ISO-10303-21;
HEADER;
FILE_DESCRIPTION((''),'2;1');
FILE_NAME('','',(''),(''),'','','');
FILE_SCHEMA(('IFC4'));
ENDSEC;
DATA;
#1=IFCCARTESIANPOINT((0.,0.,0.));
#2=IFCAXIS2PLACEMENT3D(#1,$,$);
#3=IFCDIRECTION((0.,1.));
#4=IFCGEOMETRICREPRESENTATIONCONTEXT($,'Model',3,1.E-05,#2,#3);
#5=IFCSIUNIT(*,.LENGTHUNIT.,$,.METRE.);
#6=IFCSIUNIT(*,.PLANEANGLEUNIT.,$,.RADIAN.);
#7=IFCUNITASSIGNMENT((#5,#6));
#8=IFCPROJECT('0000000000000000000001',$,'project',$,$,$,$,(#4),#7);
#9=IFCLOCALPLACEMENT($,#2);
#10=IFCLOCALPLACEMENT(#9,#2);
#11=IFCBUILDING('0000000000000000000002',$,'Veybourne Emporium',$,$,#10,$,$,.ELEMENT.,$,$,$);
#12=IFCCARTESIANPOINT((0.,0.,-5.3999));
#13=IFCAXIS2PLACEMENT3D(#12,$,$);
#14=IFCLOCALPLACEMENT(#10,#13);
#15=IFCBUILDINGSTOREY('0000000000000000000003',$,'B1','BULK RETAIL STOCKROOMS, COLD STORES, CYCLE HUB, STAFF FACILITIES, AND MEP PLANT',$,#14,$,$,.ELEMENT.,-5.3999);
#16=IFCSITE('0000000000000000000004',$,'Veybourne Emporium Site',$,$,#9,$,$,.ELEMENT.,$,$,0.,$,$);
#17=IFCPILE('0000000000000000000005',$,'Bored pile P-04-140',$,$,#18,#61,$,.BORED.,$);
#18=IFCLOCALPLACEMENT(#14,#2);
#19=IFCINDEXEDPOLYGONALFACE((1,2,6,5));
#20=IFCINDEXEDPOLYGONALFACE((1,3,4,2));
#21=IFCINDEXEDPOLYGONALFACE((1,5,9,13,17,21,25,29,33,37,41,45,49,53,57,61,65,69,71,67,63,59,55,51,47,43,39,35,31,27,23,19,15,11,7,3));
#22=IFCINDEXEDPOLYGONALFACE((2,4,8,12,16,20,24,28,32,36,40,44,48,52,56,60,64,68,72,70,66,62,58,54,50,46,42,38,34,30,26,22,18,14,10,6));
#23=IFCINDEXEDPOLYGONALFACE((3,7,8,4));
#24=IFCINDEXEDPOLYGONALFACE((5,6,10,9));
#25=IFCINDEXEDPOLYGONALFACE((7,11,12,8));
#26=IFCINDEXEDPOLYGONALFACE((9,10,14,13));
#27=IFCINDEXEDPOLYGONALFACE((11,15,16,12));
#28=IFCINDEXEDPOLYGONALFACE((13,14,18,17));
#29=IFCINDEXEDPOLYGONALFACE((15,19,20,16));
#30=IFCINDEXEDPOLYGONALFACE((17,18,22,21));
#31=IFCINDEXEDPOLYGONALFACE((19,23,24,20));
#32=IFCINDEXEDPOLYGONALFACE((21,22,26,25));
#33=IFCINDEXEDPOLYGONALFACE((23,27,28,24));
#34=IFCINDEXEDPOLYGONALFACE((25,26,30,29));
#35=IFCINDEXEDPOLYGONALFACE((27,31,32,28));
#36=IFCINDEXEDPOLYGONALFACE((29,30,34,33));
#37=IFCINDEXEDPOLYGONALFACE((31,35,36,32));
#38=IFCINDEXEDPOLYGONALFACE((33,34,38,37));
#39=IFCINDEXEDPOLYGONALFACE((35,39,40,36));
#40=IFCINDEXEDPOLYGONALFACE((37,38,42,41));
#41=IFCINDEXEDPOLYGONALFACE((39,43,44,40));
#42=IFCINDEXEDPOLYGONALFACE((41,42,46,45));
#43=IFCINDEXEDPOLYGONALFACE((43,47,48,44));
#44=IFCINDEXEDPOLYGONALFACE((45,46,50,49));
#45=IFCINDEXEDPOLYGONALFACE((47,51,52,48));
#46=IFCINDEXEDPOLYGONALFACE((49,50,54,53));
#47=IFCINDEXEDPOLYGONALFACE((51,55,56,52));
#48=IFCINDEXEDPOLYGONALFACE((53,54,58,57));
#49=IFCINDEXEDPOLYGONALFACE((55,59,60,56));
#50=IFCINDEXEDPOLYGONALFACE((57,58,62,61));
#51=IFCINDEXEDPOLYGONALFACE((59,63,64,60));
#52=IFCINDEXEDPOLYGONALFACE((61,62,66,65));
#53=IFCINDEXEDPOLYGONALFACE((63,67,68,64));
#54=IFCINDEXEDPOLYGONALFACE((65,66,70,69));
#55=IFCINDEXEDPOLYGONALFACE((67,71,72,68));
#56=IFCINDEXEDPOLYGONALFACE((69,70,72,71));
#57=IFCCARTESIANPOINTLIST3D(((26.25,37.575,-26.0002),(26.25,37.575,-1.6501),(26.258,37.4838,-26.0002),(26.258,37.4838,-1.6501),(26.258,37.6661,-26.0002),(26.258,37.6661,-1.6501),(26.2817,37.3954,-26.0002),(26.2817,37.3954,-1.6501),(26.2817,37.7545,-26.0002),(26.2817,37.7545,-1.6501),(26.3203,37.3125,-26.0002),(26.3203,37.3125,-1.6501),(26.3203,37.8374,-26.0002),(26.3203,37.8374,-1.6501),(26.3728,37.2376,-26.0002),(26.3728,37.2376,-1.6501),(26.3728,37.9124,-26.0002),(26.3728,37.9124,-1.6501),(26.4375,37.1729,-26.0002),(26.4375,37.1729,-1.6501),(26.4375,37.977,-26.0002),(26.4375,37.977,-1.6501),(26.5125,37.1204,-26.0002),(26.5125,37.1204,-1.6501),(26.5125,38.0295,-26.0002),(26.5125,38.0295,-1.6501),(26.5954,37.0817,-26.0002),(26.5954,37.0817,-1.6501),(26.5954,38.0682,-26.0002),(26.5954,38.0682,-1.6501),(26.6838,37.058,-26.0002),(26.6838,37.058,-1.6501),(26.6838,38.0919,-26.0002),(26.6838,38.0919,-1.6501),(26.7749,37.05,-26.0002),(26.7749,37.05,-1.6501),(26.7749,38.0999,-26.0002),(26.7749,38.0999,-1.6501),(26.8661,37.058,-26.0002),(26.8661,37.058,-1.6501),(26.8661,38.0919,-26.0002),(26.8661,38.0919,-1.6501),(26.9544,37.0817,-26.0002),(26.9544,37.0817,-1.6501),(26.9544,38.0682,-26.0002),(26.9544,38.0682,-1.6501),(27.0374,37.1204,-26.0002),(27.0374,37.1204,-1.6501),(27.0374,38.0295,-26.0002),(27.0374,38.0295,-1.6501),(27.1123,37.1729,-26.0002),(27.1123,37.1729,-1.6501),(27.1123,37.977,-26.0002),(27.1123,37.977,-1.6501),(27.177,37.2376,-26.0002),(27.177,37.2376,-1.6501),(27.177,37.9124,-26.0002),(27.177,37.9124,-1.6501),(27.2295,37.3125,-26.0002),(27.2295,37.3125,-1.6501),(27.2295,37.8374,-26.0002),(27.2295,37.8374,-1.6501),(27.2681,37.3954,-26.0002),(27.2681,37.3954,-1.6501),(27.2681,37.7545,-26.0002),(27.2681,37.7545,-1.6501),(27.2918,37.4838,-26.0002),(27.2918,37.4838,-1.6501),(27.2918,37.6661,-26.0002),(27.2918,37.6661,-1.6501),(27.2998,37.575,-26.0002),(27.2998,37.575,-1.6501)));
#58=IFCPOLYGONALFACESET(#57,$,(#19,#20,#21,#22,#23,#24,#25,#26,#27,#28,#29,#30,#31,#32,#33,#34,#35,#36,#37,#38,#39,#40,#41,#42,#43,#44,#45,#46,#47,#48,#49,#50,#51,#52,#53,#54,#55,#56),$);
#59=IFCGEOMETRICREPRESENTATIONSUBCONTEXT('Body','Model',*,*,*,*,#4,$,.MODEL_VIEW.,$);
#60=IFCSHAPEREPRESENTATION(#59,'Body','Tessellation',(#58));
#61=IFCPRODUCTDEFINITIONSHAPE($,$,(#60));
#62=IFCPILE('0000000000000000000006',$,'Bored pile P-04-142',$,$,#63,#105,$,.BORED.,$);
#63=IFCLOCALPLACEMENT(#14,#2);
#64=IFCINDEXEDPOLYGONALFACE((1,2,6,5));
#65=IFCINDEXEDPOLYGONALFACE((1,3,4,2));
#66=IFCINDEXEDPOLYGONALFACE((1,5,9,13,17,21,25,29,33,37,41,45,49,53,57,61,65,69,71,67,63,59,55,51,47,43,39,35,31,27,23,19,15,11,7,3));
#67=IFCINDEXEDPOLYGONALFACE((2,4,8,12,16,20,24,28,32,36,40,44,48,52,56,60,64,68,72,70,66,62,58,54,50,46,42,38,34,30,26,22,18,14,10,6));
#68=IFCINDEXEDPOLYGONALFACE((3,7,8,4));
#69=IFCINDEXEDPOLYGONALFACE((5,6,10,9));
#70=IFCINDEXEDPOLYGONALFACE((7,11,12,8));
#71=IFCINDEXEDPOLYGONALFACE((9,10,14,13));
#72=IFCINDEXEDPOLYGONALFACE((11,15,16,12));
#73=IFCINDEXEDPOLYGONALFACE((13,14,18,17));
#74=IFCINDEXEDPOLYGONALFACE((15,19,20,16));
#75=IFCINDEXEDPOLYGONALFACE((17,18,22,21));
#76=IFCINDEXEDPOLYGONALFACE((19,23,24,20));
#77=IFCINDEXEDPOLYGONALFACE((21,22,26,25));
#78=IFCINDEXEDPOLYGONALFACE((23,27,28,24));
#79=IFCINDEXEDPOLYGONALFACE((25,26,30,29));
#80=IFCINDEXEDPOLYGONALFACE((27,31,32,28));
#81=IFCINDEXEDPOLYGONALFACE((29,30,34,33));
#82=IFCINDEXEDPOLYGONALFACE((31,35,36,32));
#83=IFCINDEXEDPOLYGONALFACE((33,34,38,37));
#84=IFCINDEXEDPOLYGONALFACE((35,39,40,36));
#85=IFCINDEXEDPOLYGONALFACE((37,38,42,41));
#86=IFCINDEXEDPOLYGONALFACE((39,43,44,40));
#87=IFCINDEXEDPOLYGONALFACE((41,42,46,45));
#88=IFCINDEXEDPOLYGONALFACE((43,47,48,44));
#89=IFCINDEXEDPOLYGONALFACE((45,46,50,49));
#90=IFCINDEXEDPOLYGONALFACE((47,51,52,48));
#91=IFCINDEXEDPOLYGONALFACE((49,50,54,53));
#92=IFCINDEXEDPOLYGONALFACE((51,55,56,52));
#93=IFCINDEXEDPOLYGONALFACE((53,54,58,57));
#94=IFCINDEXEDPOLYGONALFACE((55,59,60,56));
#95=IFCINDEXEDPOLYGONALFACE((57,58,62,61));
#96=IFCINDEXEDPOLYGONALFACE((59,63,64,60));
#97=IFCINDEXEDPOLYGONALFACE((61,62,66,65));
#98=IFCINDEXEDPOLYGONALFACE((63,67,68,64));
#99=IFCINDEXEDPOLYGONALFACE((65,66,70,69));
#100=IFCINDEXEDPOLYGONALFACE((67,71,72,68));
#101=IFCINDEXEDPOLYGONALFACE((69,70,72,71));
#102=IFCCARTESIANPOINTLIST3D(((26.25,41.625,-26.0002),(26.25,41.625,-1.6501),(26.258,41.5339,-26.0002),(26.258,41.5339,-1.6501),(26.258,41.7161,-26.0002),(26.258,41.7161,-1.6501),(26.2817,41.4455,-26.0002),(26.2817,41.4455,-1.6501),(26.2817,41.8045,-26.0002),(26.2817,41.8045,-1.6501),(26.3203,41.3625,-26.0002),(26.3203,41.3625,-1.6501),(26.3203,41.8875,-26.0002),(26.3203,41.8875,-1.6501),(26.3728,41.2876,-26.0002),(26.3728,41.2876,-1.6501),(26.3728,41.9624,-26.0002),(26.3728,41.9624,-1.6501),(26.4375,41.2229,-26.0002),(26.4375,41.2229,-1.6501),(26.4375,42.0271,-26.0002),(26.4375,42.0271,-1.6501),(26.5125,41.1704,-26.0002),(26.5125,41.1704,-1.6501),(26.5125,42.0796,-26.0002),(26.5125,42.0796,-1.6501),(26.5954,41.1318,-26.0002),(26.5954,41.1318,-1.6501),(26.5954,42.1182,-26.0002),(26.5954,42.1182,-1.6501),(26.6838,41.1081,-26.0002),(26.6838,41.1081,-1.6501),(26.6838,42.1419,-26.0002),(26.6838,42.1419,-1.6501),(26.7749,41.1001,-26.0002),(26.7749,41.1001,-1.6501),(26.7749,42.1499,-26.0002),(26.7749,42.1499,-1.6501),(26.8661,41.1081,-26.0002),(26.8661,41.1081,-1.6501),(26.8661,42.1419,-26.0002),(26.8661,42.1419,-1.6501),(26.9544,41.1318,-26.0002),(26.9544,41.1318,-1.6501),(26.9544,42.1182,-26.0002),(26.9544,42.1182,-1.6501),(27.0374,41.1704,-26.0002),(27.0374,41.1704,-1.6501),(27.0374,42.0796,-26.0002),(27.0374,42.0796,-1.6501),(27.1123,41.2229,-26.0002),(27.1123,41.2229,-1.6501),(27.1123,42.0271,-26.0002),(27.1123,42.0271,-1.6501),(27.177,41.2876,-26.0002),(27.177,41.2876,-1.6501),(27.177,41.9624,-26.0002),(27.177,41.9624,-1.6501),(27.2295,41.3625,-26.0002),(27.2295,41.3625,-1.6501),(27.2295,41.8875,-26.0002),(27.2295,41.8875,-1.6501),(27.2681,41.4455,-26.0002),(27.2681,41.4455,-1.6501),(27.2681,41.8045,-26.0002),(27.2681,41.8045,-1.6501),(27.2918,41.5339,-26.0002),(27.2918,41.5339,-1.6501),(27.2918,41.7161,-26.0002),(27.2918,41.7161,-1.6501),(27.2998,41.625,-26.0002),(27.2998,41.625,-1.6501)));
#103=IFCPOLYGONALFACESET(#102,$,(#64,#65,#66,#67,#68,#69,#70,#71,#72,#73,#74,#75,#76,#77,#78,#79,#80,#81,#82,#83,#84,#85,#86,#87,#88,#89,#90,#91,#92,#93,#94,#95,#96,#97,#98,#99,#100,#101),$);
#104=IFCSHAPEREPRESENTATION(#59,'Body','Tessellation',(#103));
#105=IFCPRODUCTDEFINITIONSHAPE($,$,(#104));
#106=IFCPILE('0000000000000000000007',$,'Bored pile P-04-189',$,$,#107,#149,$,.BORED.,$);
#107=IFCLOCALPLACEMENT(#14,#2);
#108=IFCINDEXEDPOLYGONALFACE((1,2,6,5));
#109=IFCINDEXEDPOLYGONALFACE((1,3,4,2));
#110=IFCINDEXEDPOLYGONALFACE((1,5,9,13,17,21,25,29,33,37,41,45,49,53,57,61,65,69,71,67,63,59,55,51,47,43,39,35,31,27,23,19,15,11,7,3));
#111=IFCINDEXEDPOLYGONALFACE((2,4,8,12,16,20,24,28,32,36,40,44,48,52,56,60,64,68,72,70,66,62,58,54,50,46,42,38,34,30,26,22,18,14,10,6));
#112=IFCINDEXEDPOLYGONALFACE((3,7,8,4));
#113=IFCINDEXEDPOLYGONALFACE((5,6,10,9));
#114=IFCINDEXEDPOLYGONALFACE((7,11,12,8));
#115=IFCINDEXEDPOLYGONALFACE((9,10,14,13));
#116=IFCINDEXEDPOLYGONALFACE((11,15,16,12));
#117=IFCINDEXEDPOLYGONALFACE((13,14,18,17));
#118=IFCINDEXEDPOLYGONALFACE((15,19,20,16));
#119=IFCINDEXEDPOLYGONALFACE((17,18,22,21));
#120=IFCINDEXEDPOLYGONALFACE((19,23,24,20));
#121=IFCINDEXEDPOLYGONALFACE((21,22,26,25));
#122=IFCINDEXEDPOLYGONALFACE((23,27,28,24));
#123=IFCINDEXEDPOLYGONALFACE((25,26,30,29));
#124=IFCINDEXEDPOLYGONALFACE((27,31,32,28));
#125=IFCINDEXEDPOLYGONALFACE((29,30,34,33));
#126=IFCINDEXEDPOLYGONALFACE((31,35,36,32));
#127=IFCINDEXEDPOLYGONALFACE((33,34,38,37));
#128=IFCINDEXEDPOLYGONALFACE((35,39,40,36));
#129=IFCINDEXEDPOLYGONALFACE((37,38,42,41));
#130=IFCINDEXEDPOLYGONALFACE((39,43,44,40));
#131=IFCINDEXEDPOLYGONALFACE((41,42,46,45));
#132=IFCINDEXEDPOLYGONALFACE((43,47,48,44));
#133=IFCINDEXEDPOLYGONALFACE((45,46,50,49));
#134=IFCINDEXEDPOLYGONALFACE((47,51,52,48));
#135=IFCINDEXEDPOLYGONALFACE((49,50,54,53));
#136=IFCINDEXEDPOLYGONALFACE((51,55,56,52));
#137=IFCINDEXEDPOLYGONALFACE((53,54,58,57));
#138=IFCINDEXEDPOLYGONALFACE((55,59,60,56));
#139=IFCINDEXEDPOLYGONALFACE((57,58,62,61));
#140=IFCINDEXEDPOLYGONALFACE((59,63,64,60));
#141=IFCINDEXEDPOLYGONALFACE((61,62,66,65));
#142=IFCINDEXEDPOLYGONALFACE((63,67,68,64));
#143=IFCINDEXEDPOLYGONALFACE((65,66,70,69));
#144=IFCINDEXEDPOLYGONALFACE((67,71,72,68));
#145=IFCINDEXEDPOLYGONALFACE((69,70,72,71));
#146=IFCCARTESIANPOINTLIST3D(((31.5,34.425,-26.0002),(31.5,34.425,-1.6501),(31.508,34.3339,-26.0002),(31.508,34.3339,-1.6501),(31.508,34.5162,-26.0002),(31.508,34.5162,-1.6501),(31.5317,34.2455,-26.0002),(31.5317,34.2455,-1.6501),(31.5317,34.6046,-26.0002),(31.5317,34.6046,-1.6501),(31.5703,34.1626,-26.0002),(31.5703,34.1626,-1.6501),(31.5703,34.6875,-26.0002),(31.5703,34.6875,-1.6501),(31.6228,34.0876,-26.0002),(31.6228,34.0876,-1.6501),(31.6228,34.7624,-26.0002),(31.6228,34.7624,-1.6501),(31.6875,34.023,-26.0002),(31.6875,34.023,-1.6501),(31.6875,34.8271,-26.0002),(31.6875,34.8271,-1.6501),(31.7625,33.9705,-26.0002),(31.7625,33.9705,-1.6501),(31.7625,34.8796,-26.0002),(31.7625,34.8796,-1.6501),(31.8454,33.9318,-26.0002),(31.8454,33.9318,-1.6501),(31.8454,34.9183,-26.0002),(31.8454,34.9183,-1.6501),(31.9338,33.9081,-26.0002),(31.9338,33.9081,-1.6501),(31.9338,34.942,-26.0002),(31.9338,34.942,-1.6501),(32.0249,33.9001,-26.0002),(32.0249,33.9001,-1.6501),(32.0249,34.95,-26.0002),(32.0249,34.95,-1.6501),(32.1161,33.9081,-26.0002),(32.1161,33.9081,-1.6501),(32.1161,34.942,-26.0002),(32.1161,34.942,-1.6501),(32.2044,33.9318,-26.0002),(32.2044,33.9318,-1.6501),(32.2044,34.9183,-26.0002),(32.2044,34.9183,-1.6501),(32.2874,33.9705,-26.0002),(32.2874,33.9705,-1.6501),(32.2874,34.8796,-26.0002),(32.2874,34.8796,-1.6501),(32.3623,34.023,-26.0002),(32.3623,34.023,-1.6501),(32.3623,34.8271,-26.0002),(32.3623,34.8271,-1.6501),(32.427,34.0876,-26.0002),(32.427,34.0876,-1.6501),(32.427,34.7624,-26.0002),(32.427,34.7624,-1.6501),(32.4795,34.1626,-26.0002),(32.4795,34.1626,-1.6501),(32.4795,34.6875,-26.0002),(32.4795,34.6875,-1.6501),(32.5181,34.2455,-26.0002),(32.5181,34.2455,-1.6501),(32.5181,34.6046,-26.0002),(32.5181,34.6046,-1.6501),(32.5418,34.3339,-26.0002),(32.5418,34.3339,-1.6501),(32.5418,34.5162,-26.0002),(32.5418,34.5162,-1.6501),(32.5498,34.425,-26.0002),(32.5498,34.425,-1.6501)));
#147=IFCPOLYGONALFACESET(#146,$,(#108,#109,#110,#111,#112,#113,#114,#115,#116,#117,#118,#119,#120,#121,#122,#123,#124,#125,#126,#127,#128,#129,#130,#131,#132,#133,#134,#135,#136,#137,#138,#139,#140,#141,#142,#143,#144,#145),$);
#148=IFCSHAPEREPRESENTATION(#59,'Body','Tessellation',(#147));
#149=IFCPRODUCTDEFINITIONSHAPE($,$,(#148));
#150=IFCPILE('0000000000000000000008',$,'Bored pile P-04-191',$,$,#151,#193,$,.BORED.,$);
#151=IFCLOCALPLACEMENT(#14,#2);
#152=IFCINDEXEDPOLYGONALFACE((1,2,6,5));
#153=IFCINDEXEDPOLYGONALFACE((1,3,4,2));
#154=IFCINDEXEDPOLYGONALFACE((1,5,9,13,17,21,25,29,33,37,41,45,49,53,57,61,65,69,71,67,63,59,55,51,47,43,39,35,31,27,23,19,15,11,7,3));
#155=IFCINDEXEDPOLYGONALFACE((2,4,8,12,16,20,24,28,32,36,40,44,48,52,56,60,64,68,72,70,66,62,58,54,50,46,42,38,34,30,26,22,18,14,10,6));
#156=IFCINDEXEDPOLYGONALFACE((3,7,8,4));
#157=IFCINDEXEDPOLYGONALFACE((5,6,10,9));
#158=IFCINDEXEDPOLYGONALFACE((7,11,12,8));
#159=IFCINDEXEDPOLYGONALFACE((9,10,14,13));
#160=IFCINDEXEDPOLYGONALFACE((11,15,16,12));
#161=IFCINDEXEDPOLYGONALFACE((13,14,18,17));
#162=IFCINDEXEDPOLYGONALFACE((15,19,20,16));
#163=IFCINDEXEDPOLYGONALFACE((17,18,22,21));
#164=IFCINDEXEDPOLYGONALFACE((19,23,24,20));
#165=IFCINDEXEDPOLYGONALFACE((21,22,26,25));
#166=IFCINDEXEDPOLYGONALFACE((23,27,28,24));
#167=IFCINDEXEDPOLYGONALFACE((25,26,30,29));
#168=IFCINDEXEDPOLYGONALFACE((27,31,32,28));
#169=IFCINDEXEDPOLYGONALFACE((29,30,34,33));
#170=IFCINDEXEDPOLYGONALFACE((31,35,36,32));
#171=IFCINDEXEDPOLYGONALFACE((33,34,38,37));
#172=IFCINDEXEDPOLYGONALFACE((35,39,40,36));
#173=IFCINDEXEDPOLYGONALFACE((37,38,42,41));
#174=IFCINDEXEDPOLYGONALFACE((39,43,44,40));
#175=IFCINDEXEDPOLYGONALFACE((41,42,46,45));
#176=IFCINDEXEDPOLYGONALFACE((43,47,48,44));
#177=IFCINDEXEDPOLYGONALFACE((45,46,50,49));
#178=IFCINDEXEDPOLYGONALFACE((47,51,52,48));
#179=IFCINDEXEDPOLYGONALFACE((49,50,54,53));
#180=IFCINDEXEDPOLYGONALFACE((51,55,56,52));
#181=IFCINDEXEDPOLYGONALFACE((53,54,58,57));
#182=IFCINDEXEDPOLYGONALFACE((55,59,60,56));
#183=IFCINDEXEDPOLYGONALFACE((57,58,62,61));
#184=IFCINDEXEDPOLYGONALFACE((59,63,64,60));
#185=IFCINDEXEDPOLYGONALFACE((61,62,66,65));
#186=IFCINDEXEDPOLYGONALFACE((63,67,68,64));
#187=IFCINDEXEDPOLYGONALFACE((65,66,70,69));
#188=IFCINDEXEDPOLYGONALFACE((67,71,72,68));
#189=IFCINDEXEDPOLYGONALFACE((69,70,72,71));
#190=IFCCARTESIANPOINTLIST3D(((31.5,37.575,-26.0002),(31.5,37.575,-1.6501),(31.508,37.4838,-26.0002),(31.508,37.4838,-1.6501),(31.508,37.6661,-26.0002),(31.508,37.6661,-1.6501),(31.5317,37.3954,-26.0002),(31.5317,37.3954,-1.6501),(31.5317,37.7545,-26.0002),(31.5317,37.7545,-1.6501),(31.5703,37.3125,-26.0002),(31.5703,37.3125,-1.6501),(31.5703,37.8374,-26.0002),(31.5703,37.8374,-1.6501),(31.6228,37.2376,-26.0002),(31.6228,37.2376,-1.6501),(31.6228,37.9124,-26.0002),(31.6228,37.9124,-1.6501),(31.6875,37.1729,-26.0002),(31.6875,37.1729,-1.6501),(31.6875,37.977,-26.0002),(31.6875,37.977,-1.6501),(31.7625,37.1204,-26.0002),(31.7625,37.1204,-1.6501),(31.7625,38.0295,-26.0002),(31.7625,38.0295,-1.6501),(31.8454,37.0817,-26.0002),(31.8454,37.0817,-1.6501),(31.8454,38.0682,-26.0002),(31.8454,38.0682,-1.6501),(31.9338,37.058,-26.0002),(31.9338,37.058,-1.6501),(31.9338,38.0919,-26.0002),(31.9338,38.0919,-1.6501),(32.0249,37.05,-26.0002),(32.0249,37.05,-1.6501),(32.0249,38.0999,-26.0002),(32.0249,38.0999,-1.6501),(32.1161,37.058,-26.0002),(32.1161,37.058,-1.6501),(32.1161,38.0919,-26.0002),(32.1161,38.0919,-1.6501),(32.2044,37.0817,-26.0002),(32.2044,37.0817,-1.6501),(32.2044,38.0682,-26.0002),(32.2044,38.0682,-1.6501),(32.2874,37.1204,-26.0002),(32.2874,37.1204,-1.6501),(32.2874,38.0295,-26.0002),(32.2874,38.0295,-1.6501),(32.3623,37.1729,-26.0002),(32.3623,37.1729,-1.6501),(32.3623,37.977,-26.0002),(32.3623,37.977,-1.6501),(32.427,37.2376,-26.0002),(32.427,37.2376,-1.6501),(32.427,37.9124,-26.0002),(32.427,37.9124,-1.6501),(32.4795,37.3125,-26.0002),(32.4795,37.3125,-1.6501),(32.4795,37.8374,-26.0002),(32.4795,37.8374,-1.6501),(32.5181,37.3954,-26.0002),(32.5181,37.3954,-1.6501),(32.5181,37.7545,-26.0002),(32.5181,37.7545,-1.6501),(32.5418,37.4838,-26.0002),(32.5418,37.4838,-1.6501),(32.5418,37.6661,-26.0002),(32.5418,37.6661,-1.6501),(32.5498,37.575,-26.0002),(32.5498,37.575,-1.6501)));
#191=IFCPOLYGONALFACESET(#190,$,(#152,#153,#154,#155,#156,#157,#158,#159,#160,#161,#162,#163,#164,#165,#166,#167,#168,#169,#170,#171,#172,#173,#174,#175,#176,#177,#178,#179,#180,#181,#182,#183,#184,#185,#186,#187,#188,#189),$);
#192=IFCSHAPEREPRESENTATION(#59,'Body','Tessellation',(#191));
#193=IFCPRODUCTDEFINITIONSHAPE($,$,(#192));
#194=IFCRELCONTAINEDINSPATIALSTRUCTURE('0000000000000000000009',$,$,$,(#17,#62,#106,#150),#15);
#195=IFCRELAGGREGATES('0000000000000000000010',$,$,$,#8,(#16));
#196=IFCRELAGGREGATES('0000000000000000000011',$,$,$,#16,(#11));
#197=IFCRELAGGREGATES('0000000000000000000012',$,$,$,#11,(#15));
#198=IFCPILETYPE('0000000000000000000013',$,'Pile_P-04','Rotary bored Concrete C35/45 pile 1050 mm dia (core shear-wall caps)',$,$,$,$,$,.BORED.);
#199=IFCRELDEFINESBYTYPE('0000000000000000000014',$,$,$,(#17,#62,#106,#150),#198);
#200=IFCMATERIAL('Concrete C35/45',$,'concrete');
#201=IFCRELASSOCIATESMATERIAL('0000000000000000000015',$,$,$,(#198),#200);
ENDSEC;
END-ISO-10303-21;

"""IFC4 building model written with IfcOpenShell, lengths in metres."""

from ifc_helpers import new_model, si_unit, direction, frame, origin, origin_2d, place, context, subcontext, project, spatial, circle, extrude, material, material_profile, profile_set, type_object, element, save


model = new_model("IFC4")

# Units and contexts
model_context = context("Model", 3, precision=1e-05, world=origin(), true_north=direction((0.0, 1.0)))
body_context = subcontext(model_context, "Body", "Model", "MODEL_VIEW")
ifc_project = project(units=[si_unit("LENGTHUNIT", "METRE"), si_unit("PLANEANGLEUNIT", "RADIAN")], contexts=[model_context])

# Site, building, storey
site_placement = place(None, origin())
site = spatial("IfcSite", under=ifc_project, at=site_placement, Name="Veybourne Emporium Site", CompositionType="ELEMENT", RefElevation=0.0)
building_placement = place(site_placement, origin())
building = spatial("IfcBuilding", under=site, at=building_placement, Name="Veybourne Emporium", CompositionType="ELEMENT")
storey_placement = place(building_placement, frame((0.0, 0.0, -5.3999)))
storey = spatial("IfcBuildingStorey", under=building, at=storey_placement, Name="B1", Description="BULK RETAIL STOCKROOMS, COLD STORES, CYCLE HUB, STAFF FACILITIES, AND MEP PLANT", CompositionType="ELEMENT", Elevation=-5.3999)

# Shared definitions
ifc_material_1 = material(Name="Concrete C35/45", Category="concrete")

# Piles
ifc_material_profile_1 = material_profile(ifc_material_1, circle(Radius=0.5249, at=origin_2d()), Name="BORED PILE 1050")
ifc_profile_set_1 = profile_set([ifc_material_profile_1], Name="Concrete C35/45")
pile_type_1 = type_object("IfcPileType", Name="Pile_P-04", Description="Rotary bored Concrete C35/45 pile 1050 mm dia (core shear-wall caps)", PredefinedType="BORED", material=ifc_profile_set_1)
for number, where, z_axis, x_axis, name in (
    (1, (26.7749, 37.575, -1.6501), (0.0, 0.0, -1.0), (1.0, 0.0, 0.0), "Bored pile P-04-140"),
    (2, (26.7749, 41.625, -1.6501), (0.0, 0.0, -1.0), (1.0, 0.0, 0.0), "Bored pile P-04-142"),
    (3, (32.0249, 34.425, -1.6501), (0.0, 0.0, -1.0), (1.0, 0.0, 0.0), "Bored pile P-04-189"),
    (4, (32.0249, 37.575, -1.6501), (0.0, 0.0, -1.0), (1.0, 0.0, 0.0), "Bored pile P-04-191"),
):
    element("IfcPile", number, at=place(storey_placement, frame(where, z_axis=z_axis, x_axis=x_axis)), inside=storey, type_object=pile_type_1, Name=name, PredefinedType="BORED", context=body_context, shape_type="SweptSolid", body=[
        extrude(circle(Radius=0.5249, at=origin_2d()), origin(), (0.0, 0.0, 1.0), 24.3501),
    ])

save(model, "model.ifc")
